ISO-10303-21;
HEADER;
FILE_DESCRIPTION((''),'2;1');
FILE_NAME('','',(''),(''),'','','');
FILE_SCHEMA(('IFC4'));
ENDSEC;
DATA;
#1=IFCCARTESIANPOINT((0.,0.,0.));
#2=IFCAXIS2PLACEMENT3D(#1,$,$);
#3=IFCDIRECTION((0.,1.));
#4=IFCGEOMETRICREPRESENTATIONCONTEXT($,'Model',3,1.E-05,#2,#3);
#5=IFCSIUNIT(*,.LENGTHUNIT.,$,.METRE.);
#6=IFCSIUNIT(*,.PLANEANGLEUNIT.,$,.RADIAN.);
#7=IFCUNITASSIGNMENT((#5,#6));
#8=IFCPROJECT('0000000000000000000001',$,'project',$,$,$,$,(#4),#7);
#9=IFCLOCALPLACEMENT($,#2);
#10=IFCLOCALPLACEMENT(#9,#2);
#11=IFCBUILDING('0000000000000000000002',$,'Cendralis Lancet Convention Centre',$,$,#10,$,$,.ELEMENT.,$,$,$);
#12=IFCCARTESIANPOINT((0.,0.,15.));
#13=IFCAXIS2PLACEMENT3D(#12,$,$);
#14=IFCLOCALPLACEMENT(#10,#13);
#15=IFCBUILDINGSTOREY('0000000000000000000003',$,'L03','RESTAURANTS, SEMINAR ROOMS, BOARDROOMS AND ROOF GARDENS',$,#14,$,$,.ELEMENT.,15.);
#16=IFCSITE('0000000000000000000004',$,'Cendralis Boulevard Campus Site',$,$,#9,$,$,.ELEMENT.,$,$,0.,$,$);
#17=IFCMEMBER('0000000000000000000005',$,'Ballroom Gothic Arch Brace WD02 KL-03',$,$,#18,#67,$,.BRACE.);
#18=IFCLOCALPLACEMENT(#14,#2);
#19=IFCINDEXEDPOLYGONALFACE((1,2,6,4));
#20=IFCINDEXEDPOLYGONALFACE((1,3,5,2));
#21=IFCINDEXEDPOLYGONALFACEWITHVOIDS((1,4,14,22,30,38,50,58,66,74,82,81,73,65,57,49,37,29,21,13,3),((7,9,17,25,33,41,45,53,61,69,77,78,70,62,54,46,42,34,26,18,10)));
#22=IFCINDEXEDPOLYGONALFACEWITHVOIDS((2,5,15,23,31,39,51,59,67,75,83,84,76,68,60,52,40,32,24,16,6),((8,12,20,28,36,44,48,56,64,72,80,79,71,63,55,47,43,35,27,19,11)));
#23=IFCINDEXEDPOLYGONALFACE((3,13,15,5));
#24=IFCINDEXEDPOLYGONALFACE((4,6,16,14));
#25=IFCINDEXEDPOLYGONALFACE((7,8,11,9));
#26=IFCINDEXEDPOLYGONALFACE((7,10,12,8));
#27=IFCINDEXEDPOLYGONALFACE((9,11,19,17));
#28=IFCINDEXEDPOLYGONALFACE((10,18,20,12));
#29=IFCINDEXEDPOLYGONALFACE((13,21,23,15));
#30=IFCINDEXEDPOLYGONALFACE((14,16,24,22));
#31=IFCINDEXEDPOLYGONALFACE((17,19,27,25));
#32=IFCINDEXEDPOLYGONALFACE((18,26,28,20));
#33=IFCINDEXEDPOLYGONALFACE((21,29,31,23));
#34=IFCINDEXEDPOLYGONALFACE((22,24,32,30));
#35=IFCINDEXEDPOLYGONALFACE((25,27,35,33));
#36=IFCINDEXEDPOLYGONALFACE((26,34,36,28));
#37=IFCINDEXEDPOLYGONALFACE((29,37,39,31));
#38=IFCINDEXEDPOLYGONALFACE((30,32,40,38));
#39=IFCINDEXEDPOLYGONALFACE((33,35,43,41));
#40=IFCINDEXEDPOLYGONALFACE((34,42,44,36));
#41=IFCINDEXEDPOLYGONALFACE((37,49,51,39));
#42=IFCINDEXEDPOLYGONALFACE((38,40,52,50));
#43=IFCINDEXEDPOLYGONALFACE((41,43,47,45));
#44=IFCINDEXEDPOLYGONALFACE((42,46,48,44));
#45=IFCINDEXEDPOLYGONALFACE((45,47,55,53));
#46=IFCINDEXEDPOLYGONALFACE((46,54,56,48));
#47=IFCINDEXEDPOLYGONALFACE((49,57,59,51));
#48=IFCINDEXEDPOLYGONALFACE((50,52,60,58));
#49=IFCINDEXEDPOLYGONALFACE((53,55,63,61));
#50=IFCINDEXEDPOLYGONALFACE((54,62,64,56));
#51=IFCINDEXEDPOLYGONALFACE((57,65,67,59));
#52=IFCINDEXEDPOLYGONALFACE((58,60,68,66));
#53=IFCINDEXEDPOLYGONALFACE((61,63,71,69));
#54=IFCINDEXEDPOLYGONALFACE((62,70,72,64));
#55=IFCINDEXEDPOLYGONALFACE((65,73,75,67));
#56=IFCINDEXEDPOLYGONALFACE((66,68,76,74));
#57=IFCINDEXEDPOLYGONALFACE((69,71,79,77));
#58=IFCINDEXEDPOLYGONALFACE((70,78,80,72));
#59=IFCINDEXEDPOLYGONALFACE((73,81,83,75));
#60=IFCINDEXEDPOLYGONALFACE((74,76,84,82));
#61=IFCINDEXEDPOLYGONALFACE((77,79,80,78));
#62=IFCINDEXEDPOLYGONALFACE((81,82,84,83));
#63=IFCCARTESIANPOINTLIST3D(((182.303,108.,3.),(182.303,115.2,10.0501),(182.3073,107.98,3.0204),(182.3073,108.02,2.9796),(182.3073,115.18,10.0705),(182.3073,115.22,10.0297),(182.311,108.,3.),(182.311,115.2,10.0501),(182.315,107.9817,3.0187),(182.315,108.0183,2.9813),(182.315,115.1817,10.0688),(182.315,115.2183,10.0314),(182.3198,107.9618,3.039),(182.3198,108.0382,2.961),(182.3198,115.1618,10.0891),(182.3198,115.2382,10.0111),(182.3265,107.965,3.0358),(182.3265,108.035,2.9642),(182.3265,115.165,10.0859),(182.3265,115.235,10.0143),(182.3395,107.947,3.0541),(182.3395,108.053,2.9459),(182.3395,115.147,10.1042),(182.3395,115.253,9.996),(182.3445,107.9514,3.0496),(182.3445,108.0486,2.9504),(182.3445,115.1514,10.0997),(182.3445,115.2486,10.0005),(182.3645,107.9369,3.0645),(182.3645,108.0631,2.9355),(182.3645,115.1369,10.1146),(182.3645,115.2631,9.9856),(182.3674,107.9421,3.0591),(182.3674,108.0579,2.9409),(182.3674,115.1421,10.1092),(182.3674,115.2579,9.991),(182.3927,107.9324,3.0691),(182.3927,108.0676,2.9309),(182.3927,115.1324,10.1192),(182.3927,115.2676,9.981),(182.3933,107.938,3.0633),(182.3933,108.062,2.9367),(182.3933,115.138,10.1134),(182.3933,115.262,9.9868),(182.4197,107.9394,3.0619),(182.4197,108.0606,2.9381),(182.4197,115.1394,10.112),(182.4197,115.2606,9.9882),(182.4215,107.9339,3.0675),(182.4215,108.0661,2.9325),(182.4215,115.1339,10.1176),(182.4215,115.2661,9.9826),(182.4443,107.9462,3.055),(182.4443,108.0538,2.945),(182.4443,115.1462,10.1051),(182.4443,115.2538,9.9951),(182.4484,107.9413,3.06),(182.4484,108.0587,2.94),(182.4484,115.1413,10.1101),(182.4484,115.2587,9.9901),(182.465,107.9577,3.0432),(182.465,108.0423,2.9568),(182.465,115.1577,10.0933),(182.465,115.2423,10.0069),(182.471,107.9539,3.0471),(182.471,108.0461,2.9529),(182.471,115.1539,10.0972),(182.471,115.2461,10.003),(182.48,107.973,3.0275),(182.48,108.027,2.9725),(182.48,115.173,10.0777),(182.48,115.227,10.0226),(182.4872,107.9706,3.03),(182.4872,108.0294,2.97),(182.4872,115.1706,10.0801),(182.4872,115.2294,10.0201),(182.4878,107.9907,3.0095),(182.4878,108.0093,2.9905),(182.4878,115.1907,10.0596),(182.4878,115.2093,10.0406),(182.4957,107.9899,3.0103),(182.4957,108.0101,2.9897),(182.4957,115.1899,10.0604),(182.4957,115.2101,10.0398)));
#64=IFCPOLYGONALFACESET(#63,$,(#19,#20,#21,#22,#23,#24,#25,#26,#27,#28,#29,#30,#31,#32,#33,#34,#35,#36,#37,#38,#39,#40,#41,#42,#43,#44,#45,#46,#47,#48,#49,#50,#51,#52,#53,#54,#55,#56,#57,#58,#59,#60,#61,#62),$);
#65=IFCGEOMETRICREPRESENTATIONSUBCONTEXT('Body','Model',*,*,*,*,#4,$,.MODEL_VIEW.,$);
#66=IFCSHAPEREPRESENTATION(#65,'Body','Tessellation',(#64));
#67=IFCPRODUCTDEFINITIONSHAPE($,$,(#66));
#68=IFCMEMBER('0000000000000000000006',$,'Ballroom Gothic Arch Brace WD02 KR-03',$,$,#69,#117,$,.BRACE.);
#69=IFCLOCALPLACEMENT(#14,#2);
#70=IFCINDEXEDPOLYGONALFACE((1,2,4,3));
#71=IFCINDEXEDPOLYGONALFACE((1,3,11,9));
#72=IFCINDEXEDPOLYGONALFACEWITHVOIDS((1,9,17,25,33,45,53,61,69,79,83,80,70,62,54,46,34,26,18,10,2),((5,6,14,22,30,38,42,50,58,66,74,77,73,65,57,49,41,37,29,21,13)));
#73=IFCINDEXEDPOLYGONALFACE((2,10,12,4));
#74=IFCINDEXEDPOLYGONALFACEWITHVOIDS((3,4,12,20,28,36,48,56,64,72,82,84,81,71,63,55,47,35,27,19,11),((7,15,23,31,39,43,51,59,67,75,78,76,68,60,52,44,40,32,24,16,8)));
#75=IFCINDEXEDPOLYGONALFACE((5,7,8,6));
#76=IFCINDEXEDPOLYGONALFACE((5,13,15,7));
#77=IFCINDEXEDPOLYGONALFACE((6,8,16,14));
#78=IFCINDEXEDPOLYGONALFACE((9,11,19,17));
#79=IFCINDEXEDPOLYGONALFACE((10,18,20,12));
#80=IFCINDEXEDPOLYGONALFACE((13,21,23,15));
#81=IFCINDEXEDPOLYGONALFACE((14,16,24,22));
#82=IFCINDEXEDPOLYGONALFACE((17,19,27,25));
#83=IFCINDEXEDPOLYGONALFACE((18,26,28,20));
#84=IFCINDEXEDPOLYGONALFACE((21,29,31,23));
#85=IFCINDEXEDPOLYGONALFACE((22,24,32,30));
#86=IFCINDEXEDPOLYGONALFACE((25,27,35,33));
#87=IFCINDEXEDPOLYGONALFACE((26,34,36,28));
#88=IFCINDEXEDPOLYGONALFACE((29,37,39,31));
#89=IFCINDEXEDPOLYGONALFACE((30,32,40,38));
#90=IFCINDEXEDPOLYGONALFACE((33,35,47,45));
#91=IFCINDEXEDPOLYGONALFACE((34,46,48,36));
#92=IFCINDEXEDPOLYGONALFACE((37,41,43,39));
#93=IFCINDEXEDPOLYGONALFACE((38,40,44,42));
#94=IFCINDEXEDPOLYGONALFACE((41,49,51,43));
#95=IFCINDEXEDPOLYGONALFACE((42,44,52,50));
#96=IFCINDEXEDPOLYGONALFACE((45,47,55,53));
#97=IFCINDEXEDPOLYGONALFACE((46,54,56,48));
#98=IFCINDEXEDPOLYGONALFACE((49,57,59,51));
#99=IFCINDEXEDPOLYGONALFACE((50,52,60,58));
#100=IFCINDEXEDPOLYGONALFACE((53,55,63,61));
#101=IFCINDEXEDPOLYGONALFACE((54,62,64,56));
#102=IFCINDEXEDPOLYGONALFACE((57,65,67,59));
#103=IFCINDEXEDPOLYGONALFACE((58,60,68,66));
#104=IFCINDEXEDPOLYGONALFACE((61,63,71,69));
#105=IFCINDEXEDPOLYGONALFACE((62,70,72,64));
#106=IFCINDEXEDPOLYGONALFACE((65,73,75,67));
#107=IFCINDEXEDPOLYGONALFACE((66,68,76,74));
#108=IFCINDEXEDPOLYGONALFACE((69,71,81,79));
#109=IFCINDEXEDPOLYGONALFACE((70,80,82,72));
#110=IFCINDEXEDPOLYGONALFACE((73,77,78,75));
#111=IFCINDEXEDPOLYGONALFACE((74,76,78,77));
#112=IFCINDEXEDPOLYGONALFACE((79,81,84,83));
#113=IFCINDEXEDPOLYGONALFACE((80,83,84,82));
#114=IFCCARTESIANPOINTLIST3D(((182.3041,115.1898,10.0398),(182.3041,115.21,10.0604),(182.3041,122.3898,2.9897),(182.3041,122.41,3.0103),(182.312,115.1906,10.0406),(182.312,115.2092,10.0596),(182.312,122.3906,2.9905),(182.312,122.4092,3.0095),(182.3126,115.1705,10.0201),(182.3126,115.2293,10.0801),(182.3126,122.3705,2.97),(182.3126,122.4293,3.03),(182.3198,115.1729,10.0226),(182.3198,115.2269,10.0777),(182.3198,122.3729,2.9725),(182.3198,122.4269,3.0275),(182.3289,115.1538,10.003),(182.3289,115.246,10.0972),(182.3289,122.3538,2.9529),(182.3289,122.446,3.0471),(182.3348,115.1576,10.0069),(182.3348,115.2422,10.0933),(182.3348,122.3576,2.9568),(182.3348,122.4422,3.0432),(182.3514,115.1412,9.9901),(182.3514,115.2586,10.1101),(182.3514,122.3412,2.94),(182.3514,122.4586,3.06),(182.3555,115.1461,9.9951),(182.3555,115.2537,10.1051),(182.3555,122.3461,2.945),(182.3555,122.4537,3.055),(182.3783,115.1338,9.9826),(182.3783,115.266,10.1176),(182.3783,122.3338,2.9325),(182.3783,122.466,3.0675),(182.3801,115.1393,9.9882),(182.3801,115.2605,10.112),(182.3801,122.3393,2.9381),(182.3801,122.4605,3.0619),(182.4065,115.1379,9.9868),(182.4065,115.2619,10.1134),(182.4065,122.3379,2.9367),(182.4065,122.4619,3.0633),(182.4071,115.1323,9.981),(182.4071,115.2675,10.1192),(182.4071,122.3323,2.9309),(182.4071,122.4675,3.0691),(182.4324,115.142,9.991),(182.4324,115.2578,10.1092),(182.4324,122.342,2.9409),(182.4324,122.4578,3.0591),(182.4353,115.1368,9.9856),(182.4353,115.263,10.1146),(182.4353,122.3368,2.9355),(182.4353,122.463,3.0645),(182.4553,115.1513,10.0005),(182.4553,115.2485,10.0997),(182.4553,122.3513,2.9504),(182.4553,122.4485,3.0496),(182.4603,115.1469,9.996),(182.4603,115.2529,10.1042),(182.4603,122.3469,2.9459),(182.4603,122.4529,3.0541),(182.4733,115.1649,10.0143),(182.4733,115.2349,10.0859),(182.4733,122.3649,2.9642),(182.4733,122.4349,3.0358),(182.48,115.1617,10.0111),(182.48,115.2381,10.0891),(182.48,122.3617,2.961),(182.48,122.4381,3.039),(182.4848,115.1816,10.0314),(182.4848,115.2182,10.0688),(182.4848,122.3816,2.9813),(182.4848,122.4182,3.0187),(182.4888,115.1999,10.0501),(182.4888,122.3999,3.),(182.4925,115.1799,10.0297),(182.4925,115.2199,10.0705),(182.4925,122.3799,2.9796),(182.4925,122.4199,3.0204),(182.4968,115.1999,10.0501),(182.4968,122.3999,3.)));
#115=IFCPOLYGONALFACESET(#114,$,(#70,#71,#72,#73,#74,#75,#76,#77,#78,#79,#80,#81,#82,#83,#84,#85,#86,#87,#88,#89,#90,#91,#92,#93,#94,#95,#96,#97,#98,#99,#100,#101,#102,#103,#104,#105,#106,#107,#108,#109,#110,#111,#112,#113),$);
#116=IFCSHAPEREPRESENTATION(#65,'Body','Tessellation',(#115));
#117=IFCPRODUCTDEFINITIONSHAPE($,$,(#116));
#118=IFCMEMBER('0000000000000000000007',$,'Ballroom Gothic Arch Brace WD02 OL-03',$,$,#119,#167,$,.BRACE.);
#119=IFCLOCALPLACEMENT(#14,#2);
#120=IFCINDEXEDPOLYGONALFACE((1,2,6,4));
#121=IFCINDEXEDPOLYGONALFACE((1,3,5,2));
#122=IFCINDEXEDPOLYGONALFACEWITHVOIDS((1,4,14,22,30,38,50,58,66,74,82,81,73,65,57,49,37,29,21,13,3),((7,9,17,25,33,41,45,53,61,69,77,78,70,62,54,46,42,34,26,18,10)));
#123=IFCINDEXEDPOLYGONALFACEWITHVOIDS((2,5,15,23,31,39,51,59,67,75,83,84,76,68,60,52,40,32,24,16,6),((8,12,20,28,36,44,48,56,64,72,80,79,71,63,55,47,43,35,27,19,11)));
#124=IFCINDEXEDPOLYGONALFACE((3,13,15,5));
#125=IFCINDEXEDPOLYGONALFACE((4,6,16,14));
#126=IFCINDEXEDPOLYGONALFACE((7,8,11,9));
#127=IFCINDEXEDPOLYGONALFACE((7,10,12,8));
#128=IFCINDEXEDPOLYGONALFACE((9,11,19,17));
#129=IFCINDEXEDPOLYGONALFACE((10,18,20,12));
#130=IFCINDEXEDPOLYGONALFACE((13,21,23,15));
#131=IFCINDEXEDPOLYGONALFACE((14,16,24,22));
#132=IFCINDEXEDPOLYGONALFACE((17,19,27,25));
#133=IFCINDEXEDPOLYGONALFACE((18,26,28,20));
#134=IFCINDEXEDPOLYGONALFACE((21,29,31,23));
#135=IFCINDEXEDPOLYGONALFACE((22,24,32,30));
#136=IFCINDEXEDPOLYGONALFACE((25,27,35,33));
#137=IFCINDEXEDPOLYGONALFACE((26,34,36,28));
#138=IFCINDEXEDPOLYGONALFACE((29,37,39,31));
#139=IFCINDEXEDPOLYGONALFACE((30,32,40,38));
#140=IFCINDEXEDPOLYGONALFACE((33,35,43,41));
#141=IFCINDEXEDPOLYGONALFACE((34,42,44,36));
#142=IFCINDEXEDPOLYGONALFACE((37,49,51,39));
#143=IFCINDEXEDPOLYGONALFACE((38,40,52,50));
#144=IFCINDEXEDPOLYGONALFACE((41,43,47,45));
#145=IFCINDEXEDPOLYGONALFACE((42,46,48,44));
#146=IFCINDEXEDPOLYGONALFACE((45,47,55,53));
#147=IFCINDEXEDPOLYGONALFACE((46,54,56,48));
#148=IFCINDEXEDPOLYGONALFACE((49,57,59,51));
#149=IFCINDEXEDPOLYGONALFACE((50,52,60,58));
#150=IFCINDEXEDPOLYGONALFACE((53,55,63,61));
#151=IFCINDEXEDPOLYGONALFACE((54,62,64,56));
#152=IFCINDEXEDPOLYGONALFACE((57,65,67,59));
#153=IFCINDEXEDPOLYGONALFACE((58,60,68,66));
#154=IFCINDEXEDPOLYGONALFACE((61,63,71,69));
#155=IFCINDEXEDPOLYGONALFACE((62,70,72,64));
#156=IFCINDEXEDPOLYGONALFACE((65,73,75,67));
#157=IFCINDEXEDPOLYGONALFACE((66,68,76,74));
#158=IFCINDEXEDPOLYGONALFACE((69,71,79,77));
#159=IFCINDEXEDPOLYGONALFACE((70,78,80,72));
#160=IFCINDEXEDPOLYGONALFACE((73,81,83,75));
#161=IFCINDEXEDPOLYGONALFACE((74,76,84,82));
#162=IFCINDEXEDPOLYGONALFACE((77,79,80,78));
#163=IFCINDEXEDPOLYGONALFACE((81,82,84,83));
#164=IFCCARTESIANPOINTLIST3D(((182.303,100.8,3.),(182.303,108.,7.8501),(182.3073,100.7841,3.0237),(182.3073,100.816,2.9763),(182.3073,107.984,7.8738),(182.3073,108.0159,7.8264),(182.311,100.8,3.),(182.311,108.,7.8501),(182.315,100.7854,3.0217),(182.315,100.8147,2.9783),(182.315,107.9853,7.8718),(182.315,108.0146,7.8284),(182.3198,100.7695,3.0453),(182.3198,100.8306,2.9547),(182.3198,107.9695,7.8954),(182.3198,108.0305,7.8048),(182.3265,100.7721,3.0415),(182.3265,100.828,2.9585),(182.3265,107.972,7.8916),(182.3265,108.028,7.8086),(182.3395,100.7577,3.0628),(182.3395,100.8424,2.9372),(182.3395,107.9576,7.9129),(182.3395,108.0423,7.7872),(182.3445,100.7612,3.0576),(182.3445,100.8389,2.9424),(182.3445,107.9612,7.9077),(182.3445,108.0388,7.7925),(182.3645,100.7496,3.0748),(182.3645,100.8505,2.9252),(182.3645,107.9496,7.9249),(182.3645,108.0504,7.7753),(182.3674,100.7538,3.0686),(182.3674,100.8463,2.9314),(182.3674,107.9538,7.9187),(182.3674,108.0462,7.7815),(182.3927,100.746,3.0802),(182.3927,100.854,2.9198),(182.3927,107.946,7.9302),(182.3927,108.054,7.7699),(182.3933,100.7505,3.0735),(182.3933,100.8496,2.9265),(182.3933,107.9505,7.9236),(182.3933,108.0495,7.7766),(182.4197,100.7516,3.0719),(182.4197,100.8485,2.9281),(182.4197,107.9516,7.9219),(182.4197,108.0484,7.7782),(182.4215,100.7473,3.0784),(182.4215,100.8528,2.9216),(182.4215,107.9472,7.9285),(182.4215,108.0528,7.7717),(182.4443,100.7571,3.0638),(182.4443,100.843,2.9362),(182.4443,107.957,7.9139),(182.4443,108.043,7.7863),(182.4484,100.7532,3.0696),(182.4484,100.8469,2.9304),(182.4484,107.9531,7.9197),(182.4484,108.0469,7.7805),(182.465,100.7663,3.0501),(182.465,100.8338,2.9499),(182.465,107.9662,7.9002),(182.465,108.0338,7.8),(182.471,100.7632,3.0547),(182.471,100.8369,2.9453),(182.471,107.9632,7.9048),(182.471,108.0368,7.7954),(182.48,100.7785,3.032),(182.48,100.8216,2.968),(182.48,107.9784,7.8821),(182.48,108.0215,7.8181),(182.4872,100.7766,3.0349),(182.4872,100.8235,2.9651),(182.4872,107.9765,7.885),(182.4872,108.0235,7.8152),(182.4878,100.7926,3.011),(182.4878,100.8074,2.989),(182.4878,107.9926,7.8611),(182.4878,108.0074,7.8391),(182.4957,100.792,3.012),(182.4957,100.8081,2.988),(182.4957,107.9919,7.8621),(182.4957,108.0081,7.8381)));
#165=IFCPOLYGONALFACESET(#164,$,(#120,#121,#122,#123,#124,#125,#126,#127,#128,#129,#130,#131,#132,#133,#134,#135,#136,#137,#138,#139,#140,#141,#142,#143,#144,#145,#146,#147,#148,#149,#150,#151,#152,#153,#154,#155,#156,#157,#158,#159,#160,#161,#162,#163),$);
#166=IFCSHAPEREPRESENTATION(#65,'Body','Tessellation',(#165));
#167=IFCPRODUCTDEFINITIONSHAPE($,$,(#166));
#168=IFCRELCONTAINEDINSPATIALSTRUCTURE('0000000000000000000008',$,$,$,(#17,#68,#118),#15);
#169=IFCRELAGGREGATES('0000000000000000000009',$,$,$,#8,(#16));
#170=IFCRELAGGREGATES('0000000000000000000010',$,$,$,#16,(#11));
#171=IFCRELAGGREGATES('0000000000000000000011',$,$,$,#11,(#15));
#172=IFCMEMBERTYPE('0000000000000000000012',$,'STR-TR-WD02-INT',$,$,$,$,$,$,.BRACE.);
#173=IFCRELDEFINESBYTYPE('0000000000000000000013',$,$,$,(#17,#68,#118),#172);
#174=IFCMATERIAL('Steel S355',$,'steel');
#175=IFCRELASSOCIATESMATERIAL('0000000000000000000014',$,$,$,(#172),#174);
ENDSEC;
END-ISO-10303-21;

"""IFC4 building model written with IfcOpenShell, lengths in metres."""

from ifc_helpers import new_model, si_unit, direction, frame, origin, origin_2d, place, context, subcontext, project, spatial, hollow_circle, extrude, material, material_profile, profile_set, type_object, element, save


model = new_model("IFC4")

# Units and contexts
model_context = context("Model", 3, precision=1e-05, world=origin(), true_north=direction((0.0, 1.0)))
body_context = subcontext(model_context, "Body", "Model", "MODEL_VIEW")
ifc_project = project(units=[si_unit("LENGTHUNIT", "METRE"), si_unit("PLANEANGLEUNIT", "RADIAN")], contexts=[model_context])

# Site, building, storey
site_placement = place(None, origin())
site = spatial("IfcSite", under=ifc_project, at=site_placement, Name="Cendralis Boulevard Campus Site", CompositionType="ELEMENT", RefElevation=0.0)
building_placement = place(site_placement, origin())
building = spatial("IfcBuilding", under=site, at=building_placement, Name="Cendralis Lancet Convention Centre", CompositionType="ELEMENT")
storey_placement = place(building_placement, frame((0.0, 0.0, 15.0)))
storey = spatial("IfcBuildingStorey", under=building, at=storey_placement, Name="L03", Description="RESTAURANTS, SEMINAR ROOMS, BOARDROOMS AND ROOF GARDENS", CompositionType="ELEMENT", Elevation=15.0)

# Shared definitions
ifc_material = material(Name="Steel S355", Category="steel")

# Members
ifc_material_profile_1 = material_profile(ifc_material, hollow_circle(Radius=0.0969, WallThickness=0.0081, at=origin_2d()), Name="CHS 193.7x8.0")
ifc_profile_set_1 = profile_set([ifc_material_profile_1], Name="Steel S355")
member_type_1 = type_object("IfcMemberType", Name="STR-TR-WD02-INT", PredefinedType="BRACE", material=ifc_profile_set_1)
for number, where, z_axis, x_axis, name in (
    (1, (182.3999, 108.0, 3.0), (0.0, 0.714506, 0.69963), (-1.0, 0.0, 0.0), "Ballroom Gothic Arch Brace WD02 KL-03"),
    (2, (182.3999, 122.3999, 3.0), (0.0, -0.714506, 0.69963), (1.0, 0.0, 0.0), "Ballroom Gothic Arch Brace WD02 KR-03"),
):
    element("IfcMember", number, at=place(storey_placement, frame(where, z_axis=z_axis, x_axis=x_axis)), inside=storey, type_object=member_type_1, Name=name, PredefinedType="BRACE", context=body_context, shape_type="SweptSolid", body=[
        extrude(hollow_circle(Radius=0.0969, WallThickness=0.0081, at=origin_2d()), origin(), (0.0, 0.0, 1.0), 10.0769),
    ])
member_1_placement = place(storey_placement, frame((182.3999, 100.8, 3.0), z_axis=(0.0, 0.829375, 0.558692), x_axis=(-1.0, 0.0, 0.0)))
element("IfcMember", 3, at=member_1_placement, inside=storey, type_object=member_type_1, Name="Ballroom Gothic Arch Brace WD02 OL-03", PredefinedType="BRACE", context=body_context, shape_type="SweptSolid", body=[
    extrude(hollow_circle(Radius=0.0969, WallThickness=0.0081, at=origin_2d()), origin(), (0.0, 0.0, 1.0), 8.6812),
])

save(model, "model.ifc")
